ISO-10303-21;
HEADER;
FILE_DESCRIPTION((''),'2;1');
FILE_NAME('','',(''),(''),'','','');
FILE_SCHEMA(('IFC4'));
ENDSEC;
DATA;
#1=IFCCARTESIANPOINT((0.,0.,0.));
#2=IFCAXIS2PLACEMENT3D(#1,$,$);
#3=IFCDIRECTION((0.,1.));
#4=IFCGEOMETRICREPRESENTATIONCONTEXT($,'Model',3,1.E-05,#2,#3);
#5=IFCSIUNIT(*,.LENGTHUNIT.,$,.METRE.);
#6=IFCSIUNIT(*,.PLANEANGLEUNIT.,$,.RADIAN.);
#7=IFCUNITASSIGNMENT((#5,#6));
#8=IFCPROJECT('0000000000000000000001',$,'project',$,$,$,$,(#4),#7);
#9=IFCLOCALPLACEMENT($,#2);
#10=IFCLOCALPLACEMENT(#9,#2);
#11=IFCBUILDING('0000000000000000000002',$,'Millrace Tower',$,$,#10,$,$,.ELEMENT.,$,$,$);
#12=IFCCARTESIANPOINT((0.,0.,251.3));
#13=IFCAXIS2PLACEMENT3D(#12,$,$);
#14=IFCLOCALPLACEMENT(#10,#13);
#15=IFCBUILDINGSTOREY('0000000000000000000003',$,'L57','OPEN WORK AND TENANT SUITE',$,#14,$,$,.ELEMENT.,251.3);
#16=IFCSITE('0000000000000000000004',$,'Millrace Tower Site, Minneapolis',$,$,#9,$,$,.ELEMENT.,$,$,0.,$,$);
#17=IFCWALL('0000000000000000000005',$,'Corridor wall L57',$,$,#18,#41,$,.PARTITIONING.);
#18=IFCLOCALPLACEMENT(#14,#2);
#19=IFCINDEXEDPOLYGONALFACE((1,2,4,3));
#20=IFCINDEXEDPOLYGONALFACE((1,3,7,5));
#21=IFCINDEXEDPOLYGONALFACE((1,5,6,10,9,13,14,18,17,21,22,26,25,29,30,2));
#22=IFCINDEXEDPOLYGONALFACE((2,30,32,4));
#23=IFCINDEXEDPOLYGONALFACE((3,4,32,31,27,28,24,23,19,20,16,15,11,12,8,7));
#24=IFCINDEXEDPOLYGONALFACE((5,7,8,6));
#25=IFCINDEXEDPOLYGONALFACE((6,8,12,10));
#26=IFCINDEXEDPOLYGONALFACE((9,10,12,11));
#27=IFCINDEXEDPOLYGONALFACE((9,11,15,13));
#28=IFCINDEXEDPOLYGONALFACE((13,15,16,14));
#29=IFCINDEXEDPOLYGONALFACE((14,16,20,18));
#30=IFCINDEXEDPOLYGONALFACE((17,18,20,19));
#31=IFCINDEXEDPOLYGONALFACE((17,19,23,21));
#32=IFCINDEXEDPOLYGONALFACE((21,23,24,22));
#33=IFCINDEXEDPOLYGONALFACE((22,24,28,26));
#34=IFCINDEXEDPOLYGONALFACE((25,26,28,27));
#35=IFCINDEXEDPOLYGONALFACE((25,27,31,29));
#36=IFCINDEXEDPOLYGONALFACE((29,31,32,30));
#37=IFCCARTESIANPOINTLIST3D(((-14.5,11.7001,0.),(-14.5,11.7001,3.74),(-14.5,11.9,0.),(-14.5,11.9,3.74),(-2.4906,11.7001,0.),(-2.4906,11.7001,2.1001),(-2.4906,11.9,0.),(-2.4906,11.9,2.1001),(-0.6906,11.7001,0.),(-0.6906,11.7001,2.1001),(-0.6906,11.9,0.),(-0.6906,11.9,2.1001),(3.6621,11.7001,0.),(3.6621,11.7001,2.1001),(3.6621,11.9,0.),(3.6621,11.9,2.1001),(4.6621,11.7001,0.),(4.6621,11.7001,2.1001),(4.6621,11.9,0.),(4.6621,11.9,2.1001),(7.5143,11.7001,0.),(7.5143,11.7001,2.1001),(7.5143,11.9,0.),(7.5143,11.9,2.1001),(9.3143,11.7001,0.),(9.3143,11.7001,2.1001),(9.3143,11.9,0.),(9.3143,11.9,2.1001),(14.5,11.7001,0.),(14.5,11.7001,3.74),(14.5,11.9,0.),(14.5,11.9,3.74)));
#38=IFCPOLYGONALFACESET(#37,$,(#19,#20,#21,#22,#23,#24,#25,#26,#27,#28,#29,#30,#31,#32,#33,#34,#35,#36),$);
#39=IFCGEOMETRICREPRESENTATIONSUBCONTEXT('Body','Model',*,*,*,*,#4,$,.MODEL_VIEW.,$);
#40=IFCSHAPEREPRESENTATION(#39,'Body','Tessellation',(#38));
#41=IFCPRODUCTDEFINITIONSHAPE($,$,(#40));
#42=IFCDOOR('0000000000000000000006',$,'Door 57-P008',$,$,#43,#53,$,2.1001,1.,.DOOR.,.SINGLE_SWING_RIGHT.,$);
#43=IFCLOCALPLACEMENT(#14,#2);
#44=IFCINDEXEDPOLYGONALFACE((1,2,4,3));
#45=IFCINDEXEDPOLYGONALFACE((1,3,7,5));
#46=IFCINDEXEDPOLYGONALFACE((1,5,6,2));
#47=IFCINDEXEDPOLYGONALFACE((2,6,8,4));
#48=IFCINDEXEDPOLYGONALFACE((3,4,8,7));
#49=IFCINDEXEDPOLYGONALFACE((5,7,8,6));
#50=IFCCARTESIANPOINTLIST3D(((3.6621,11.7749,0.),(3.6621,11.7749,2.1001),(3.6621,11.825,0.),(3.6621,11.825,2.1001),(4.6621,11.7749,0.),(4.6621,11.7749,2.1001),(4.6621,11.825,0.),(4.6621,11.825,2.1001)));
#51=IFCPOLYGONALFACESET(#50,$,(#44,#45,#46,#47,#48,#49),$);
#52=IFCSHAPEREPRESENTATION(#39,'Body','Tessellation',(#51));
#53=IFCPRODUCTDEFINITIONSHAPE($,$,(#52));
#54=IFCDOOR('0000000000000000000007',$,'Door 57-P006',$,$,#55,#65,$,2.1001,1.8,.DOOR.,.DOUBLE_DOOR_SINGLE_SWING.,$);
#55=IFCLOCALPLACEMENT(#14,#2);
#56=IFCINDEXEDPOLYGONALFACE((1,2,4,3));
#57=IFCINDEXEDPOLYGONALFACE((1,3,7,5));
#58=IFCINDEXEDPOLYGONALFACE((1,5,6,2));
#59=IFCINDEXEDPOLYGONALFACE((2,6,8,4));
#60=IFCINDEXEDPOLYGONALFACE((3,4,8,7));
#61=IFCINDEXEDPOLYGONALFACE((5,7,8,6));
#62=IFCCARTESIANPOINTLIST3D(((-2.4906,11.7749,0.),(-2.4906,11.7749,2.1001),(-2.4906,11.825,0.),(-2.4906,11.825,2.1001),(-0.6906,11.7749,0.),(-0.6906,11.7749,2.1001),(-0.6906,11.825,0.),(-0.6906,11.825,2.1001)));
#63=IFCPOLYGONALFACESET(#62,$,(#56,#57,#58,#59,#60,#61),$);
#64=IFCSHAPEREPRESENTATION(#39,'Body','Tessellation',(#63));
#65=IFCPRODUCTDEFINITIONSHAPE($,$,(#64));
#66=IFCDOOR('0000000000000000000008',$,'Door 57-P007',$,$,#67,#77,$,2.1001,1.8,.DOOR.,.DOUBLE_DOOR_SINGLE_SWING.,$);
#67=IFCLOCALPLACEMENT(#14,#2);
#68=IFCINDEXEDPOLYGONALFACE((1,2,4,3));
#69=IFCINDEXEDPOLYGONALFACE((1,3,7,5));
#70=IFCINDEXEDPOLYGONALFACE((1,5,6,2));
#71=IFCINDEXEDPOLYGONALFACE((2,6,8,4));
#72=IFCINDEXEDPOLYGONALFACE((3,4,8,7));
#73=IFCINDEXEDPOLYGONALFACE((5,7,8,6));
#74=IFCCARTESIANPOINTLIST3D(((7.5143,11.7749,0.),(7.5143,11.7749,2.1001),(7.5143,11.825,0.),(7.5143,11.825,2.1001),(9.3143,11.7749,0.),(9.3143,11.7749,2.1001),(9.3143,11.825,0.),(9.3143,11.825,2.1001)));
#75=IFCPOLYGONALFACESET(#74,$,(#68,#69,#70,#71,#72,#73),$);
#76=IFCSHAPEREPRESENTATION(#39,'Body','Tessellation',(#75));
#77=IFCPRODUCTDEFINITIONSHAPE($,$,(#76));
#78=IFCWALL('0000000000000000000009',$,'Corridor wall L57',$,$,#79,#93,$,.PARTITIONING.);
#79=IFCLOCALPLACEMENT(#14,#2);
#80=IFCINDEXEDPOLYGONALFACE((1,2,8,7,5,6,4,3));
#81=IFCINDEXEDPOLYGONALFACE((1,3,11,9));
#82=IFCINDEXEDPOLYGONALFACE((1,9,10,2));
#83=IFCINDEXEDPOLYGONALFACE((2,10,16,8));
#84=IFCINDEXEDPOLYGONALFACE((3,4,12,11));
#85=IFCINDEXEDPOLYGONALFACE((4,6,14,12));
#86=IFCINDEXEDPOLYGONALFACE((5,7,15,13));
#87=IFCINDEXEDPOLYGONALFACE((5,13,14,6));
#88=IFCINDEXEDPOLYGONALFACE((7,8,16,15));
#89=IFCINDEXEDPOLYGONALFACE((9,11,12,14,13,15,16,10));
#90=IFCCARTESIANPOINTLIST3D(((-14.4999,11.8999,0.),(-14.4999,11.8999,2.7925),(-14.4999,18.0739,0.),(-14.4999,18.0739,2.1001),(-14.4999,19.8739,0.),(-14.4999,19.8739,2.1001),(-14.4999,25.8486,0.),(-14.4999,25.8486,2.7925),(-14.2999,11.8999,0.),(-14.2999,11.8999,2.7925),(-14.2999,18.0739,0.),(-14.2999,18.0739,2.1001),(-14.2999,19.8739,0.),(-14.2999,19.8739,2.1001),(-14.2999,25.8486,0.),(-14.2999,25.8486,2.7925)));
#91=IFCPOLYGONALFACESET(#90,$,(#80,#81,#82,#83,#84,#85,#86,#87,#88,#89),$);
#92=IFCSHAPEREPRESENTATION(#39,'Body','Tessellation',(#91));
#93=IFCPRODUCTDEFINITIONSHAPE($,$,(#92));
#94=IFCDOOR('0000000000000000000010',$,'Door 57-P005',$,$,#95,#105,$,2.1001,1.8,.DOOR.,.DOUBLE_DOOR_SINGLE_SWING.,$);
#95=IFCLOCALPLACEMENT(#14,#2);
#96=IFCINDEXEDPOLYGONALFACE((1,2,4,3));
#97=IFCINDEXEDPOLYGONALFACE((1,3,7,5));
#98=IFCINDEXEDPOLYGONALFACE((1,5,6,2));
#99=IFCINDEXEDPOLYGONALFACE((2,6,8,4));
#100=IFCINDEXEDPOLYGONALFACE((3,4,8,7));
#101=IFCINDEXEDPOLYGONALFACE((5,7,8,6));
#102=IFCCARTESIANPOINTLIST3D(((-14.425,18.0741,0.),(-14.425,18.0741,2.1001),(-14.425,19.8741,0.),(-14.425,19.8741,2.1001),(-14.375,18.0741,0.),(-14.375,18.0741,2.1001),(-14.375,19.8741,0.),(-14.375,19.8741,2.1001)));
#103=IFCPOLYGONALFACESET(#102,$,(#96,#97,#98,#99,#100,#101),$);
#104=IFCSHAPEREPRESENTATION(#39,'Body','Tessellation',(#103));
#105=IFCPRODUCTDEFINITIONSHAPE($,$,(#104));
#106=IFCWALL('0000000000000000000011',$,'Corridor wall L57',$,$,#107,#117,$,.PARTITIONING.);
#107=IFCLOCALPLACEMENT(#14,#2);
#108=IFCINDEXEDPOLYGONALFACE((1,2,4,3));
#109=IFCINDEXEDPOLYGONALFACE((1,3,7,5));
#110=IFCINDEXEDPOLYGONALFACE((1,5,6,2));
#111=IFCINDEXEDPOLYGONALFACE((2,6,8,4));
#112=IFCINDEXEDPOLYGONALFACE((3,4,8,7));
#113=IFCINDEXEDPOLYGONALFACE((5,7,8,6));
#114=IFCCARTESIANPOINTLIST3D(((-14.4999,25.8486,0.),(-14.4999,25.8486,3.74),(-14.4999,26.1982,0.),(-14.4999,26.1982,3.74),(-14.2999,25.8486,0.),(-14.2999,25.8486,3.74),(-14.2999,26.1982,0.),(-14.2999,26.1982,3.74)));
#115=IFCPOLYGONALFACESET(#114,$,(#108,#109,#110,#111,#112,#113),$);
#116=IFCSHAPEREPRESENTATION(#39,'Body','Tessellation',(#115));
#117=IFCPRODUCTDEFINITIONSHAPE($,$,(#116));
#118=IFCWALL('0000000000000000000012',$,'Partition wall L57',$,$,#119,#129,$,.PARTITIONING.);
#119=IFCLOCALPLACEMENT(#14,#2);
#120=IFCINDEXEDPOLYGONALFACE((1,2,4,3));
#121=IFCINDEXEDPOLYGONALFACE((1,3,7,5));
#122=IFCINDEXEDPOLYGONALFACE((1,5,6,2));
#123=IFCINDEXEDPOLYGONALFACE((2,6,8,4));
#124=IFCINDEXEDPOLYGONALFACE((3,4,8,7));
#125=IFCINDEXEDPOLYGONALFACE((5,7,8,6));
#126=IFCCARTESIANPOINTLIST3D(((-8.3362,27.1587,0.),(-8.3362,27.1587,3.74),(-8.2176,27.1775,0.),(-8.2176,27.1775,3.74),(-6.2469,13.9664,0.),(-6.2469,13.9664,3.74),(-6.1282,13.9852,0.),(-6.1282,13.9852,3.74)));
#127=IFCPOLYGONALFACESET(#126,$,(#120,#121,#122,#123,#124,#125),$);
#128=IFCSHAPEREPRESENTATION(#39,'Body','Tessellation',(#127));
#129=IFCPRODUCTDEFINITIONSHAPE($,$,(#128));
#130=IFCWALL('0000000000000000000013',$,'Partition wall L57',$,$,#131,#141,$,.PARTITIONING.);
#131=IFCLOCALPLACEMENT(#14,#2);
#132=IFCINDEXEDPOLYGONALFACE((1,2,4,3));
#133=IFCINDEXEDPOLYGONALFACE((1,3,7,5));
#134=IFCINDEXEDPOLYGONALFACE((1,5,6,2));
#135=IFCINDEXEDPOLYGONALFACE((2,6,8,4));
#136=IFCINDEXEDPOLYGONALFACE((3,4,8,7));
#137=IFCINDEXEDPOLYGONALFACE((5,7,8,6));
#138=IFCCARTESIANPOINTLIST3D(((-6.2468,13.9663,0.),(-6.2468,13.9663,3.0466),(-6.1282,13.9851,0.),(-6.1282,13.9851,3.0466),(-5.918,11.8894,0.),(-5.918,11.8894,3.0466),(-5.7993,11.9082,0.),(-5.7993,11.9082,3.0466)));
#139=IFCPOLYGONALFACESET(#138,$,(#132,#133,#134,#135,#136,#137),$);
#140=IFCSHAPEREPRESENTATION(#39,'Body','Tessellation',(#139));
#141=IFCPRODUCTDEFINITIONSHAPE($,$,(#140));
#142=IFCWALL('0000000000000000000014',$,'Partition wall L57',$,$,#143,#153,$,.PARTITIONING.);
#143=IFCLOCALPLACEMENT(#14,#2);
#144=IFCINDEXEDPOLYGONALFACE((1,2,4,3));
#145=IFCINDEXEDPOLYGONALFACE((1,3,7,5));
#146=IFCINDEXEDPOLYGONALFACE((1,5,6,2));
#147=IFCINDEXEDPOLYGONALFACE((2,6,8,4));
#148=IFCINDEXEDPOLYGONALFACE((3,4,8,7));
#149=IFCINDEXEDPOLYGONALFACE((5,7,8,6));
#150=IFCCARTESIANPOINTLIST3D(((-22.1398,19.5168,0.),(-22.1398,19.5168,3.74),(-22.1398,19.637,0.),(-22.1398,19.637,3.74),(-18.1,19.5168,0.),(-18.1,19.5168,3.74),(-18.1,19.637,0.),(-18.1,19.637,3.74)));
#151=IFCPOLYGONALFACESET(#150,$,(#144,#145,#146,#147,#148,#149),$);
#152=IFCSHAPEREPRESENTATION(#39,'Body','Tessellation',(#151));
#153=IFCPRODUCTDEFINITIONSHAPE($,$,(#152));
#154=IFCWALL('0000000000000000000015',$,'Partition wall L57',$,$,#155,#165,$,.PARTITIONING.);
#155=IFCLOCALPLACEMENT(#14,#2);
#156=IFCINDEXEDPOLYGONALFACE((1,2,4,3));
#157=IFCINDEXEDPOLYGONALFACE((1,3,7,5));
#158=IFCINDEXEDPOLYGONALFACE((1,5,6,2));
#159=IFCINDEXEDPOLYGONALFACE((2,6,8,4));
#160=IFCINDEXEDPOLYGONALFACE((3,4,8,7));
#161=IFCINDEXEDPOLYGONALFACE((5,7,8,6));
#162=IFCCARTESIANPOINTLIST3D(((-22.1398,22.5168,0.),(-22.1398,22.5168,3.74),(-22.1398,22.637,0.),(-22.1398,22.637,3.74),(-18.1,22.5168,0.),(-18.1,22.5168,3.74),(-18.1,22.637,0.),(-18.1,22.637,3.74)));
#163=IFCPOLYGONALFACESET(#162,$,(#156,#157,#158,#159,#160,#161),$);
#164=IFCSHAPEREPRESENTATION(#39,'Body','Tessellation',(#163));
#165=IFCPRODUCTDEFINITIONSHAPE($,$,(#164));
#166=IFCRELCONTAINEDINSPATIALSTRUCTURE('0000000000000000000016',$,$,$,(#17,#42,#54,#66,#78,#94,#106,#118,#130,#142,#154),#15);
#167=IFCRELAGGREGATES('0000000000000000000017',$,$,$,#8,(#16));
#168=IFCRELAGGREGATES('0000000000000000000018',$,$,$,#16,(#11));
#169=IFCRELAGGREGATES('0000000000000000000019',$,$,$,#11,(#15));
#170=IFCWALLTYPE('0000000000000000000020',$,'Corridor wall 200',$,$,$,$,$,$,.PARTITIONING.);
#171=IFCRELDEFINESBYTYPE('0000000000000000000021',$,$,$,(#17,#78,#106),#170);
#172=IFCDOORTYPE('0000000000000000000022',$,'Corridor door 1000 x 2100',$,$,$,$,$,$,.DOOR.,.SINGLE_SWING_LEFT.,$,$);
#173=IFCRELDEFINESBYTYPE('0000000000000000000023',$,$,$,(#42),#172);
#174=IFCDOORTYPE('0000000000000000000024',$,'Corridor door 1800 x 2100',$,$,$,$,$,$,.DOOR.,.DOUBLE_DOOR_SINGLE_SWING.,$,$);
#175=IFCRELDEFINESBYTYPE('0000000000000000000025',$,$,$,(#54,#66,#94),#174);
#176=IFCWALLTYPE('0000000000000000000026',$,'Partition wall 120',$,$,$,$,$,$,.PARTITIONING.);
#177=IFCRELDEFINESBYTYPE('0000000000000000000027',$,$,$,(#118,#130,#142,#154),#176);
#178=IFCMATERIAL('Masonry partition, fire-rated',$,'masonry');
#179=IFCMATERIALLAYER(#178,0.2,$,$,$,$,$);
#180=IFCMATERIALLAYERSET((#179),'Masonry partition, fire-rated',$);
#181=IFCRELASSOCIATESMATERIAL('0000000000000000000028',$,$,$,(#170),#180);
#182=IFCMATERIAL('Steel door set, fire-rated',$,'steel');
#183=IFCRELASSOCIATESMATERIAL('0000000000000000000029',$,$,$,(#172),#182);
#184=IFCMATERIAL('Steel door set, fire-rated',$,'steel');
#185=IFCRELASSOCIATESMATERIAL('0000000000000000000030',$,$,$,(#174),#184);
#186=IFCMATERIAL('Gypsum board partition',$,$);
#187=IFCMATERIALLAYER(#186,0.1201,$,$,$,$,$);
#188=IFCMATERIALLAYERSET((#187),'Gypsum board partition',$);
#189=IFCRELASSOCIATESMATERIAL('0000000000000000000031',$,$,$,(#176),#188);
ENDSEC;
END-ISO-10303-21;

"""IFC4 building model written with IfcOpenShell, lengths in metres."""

from ifc_helpers import new_model, si_unit, direction, frame, frame_2d, origin, place, context, subcontext, project, spatial, rectangle, extrude, material, layer, layer_set, type_object, element, fill, save


model = new_model("IFC4")

# Units and contexts
model_context = context("Model", 3, precision=1e-05, world=origin(), true_north=direction((0.0, 1.0)))
body_context = subcontext(model_context, "Body", "Model", "MODEL_VIEW")
ifc_project = project(units=[si_unit("LENGTHUNIT", "METRE"), si_unit("PLANEANGLEUNIT", "RADIAN")], contexts=[model_context])

# Site, building, storey
site_placement = place(None, origin())
site = spatial("IfcSite", under=ifc_project, at=site_placement, Name="Millrace Tower Site, Minneapolis", CompositionType="ELEMENT", RefElevation=0.0)
building_placement = place(site_placement, origin())
building = spatial("IfcBuilding", under=site, at=building_placement, Name="Millrace Tower", CompositionType="ELEMENT")
storey_placement = place(building_placement, frame((0.0, 0.0, 251.3)))
storey = spatial("IfcBuildingStorey", under=building, at=storey_placement, Name="L57", Description="OPEN WORK AND TENANT SUITE", CompositionType="ELEMENT", Elevation=251.3)

# Wall, openings, doors
ifc_material_1 = material(Name="Masonry partition, fire-rated", Category="masonry")
ifc_layer_1 = layer(ifc_material_1, 0.2)
ifc_layer_set_1 = layer_set([ifc_layer_1], Name="Masonry partition, fire-rated")
wall_type_1 = type_object("IfcWallType", Name="Corridor wall 200", PredefinedType="PARTITIONING", material=ifc_layer_set_1)
wall_1_placement = place(storey_placement, frame((-14.5, 11.8, 0.0), z_axis=(0.0, 0.0, 1.0), x_axis=(1.0, 0.0, 0.0)))
wall_1 = element("IfcWall", 1, at=wall_1_placement, inside=storey, type_object=wall_type_1, Name="Corridor wall L57", PredefinedType="PARTITIONING", context=body_context, shape_type="SweptSolid", body=[
    extrude(rectangle(XDim=29.0, YDim=0.2, at=frame_2d((14.5, 0.0))), origin(), (0.0, 0.0, 1.0), 3.74),
])
opening_1_placement = place(wall_1_placement, frame((12.0095, 0.0, 0.0)))
opening_1 = element("IfcOpeningElement", 2, at=opening_1_placement, cuts=wall_1, PredefinedType="OPENING", context=body_context, shape_type="SweptSolid", body=[
    extrude(rectangle(XDim=1.8, YDim=2.1001, at=frame_2d((0.8999, 1.05))), frame((0.0, 0.1099, 0.0), z_axis=(0.0, -1.0, 0.0), x_axis=(1.0, 0.0, 0.0)), (0.0, 0.0, 1.0), 0.22),
])
opening_2_placement = place(wall_1_placement, frame((22.0144, 0.0, 0.0)))
opening_2 = element("IfcOpeningElement", 3, at=opening_2_placement, cuts=wall_1, PredefinedType="OPENING", context=body_context, shape_type="SweptSolid", body=[
    extrude(rectangle(XDim=1.8, YDim=2.1001, at=frame_2d((0.8999, 1.05))), frame((0.0, 0.1099, 0.0), z_axis=(0.0, -1.0, 0.0), x_axis=(1.0, 0.0, 0.0)), (0.0, 0.0, 1.0), 0.22),
])
opening_3_placement = place(wall_1_placement, frame((18.1621, 0.0, 0.0)))
opening_3 = element("IfcOpeningElement", 4, at=opening_3_placement, cuts=wall_1, PredefinedType="OPENING", context=body_context, shape_type="SweptSolid", body=[
    extrude(rectangle(XDim=1.0, YDim=2.1001, at=frame_2d((0.5, 1.05))), frame((0.0, 0.1099, 0.0), z_axis=(0.0, -1.0, 0.0), x_axis=(1.0, 0.0, 0.0)), (0.0, 0.0, 1.0), 0.22),
])
ifc_material_2 = material(Name="Steel door set, fire-rated", Category="steel")
door_type_1 = type_object("IfcDoorType", Name="Corridor door 1000 x 2100", OperationType="SINGLE_SWING_LEFT", PredefinedType="DOOR", material=ifc_material_2)
door_1_placement = place(opening_3_placement, origin())
door_1 = element("IfcDoor", 5, at=door_1_placement, inside=storey, type_object=door_type_1, Name="Door 57-P008", OperationType="SINGLE_SWING_RIGHT", OverallHeight=2.1001, OverallWidth=1.0, PredefinedType="DOOR", context=body_context, shape_type="SweptSolid", body=[
    extrude(rectangle(XDim=1.0, YDim=2.1001, at=frame_2d((0.5, 1.05))), frame((0.0, 0.0249, 0.0), z_axis=(0.0, -1.0, 0.0), x_axis=(1.0, 0.0, 0.0)), (0.0, 0.0, 1.0), 0.05),
])
fill(opening_3, door_1)
ifc_material_3 = material(Name="Steel door set, fire-rated", Category="steel")
door_type_2 = type_object("IfcDoorType", Name="Corridor door 1800 x 2100", OperationType="DOUBLE_DOOR_SINGLE_SWING", PredefinedType="DOOR", material=ifc_material_3)
door_2_placement = place(opening_1_placement, origin())
door_2 = element("IfcDoor", 6, at=door_2_placement, inside=storey, type_object=door_type_2, Name="Door 57-P006", OperationType="DOUBLE_DOOR_SINGLE_SWING", OverallHeight=2.1001, OverallWidth=1.8, PredefinedType="DOOR", context=body_context, shape_type="SweptSolid", body=[
    extrude(rectangle(XDim=1.8, YDim=2.1001, at=frame_2d((0.8999, 1.05))), frame((0.0, 0.0249, 0.0), z_axis=(0.0, -1.0, 0.0), x_axis=(1.0, 0.0, 0.0)), (0.0, 0.0, 1.0), 0.05),
])
fill(opening_1, door_2)
door_3_placement = place(opening_2_placement, origin())
door_3 = element("IfcDoor", 7, at=door_3_placement, inside=storey, type_object=door_type_2, Name="Door 57-P007", OperationType="DOUBLE_DOOR_SINGLE_SWING", OverallHeight=2.1001, OverallWidth=1.8, PredefinedType="DOOR", context=body_context, shape_type="SweptSolid", body=[
    extrude(rectangle(XDim=1.8, YDim=2.1001, at=frame_2d((0.8999, 1.05))), frame((0.0, 0.0249, 0.0), z_axis=(0.0, -1.0, 0.0), x_axis=(1.0, 0.0, 0.0)), (0.0, 0.0, 1.0), 0.05),
])
fill(opening_2, door_3)

# Wall, opening, door
wall_2_placement = place(storey_placement, frame((-14.3999, 11.8999, 0.0), z_axis=(0.0, 0.0, 1.0), x_axis=(0.0, 1.0, 0.0)))
wall_2 = element("IfcWall", 8, at=wall_2_placement, inside=storey, type_object=wall_type_1, Name="Corridor wall L57", PredefinedType="PARTITIONING", context=body_context, shape_type="SweptSolid", body=[
    extrude(rectangle(XDim=13.9487, YDim=0.2, at=frame_2d((6.9744, 0.0))), origin(), (0.0, 0.0, 1.0), 2.7925),
])
opening_4_placement = place(wall_2_placement, frame((6.1741, 0.0, 0.0)))
opening_4 = element("IfcOpeningElement", 9, at=opening_4_placement, cuts=wall_2, PredefinedType="OPENING", context=body_context, shape_type="SweptSolid", body=[
    extrude(rectangle(XDim=1.8, YDim=2.1001, at=frame_2d((0.8999, 1.05))), frame((0.0, 0.1099, 0.0), z_axis=(0.0, -1.0, 0.0), x_axis=(1.0, 0.0, 0.0)), (0.0, 0.0, 1.0), 0.22),
])
door_4_placement = place(opening_4_placement, frame((1.8, 0.0, 0.0), z_axis=(0.0, 0.0, 1.0), x_axis=(-1.0, 0.0, 0.0)))
door_4 = element("IfcDoor", 10, at=door_4_placement, inside=storey, type_object=door_type_2, Name="Door 57-P005", OperationType="DOUBLE_DOOR_SINGLE_SWING", OverallHeight=2.1001, OverallWidth=1.8, PredefinedType="DOOR", context=body_context, shape_type="SweptSolid", body=[
    extrude(rectangle(XDim=1.8, YDim=2.1001, at=frame_2d((0.8999, 1.05))), frame((0.0, 0.0249, 0.0), z_axis=(0.0, -1.0, 0.0), x_axis=(1.0, 0.0, 0.0)), (0.0, 0.0, 1.0), 0.05),
])
fill(opening_4, door_4)

# Walls
wall_3_placement = place(storey_placement, frame((-14.3999, 25.8486, 0.0), z_axis=(0.0, 0.0, 1.0), x_axis=(0.0, 1.0, 0.0)))
element("IfcWall", 11, at=wall_3_placement, inside=storey, type_object=wall_type_1, Name="Corridor wall L57", PredefinedType="PARTITIONING", context=body_context, shape_type="SweptSolid", body=[
    extrude(rectangle(XDim=0.3496, YDim=0.2, at=frame_2d((0.1748, 0.0))), origin(), (0.0, 0.0, 1.0), 3.74),
])
ifc_material_4 = material(Name="Gypsum board partition")
ifc_layer_2 = layer(ifc_material_4, 0.1201)
ifc_layer_set_2 = layer_set([ifc_layer_2], Name="Gypsum board partition")
wall_type_2 = type_object("IfcWallType", Name="Partition wall 120", PredefinedType="PARTITIONING", material=ifc_layer_set_2)
wall_4_placement = place(storey_placement, frame((-8.2769, 27.168, 0.0), z_axis=(0.0, 0.0, 1.0), x_axis=(0.156426, -0.98769, 0.0)))
element("IfcWall", 12, at=wall_4_placement, inside=storey, type_object=wall_type_2, Name="Partition wall L57", PredefinedType="PARTITIONING", context=body_context, shape_type="SweptSolid", body=[
    extrude(rectangle(XDim=13.3567, YDim=0.1201, at=frame_2d((6.6782, 0.0))), origin(), (0.0, 0.0, 1.0), 3.74),
])
wall_5_placement = place(storey_placement, frame((-6.1875, 13.9756, 0.0), z_axis=(0.0, 0.0, 1.0), x_axis=(0.156392, -0.987695, 0.0)))
element("IfcWall", 13, at=wall_5_placement, inside=storey, type_object=wall_type_2, Name="Partition wall L57", PredefinedType="PARTITIONING", context=body_context, shape_type="SweptSolid", body=[
    extrude(rectangle(XDim=2.1028, YDim=0.1201, at=frame_2d((1.0513, 0.0))), origin(), (0.0, 0.0, 1.0), 3.0466),
])
for number, where, z_axis, x_axis, name in (
    (14, (-22.1399, 19.5769, 0.0), (0.0, 0.0, 1.0), (1.0, 0.0, 0.0), "Partition wall L57"),
    (15, (-22.1399, 22.5769, 0.0), (0.0, 0.0, 1.0), (1.0, 0.0, 0.0), "Partition wall L57"),
):
    element("IfcWall", number, at=place(storey_placement, frame(where, z_axis=z_axis, x_axis=x_axis)), inside=storey, type_object=wall_type_2, Name=name, PredefinedType="PARTITIONING", context=body_context, shape_type="SweptSolid", body=[
        extrude(rectangle(XDim=4.0398, YDim=0.1201, at=frame_2d((2.02, 0.0))), origin(), (0.0, 0.0, 1.0), 3.74),
    ])

save(model, "model.ifc")
